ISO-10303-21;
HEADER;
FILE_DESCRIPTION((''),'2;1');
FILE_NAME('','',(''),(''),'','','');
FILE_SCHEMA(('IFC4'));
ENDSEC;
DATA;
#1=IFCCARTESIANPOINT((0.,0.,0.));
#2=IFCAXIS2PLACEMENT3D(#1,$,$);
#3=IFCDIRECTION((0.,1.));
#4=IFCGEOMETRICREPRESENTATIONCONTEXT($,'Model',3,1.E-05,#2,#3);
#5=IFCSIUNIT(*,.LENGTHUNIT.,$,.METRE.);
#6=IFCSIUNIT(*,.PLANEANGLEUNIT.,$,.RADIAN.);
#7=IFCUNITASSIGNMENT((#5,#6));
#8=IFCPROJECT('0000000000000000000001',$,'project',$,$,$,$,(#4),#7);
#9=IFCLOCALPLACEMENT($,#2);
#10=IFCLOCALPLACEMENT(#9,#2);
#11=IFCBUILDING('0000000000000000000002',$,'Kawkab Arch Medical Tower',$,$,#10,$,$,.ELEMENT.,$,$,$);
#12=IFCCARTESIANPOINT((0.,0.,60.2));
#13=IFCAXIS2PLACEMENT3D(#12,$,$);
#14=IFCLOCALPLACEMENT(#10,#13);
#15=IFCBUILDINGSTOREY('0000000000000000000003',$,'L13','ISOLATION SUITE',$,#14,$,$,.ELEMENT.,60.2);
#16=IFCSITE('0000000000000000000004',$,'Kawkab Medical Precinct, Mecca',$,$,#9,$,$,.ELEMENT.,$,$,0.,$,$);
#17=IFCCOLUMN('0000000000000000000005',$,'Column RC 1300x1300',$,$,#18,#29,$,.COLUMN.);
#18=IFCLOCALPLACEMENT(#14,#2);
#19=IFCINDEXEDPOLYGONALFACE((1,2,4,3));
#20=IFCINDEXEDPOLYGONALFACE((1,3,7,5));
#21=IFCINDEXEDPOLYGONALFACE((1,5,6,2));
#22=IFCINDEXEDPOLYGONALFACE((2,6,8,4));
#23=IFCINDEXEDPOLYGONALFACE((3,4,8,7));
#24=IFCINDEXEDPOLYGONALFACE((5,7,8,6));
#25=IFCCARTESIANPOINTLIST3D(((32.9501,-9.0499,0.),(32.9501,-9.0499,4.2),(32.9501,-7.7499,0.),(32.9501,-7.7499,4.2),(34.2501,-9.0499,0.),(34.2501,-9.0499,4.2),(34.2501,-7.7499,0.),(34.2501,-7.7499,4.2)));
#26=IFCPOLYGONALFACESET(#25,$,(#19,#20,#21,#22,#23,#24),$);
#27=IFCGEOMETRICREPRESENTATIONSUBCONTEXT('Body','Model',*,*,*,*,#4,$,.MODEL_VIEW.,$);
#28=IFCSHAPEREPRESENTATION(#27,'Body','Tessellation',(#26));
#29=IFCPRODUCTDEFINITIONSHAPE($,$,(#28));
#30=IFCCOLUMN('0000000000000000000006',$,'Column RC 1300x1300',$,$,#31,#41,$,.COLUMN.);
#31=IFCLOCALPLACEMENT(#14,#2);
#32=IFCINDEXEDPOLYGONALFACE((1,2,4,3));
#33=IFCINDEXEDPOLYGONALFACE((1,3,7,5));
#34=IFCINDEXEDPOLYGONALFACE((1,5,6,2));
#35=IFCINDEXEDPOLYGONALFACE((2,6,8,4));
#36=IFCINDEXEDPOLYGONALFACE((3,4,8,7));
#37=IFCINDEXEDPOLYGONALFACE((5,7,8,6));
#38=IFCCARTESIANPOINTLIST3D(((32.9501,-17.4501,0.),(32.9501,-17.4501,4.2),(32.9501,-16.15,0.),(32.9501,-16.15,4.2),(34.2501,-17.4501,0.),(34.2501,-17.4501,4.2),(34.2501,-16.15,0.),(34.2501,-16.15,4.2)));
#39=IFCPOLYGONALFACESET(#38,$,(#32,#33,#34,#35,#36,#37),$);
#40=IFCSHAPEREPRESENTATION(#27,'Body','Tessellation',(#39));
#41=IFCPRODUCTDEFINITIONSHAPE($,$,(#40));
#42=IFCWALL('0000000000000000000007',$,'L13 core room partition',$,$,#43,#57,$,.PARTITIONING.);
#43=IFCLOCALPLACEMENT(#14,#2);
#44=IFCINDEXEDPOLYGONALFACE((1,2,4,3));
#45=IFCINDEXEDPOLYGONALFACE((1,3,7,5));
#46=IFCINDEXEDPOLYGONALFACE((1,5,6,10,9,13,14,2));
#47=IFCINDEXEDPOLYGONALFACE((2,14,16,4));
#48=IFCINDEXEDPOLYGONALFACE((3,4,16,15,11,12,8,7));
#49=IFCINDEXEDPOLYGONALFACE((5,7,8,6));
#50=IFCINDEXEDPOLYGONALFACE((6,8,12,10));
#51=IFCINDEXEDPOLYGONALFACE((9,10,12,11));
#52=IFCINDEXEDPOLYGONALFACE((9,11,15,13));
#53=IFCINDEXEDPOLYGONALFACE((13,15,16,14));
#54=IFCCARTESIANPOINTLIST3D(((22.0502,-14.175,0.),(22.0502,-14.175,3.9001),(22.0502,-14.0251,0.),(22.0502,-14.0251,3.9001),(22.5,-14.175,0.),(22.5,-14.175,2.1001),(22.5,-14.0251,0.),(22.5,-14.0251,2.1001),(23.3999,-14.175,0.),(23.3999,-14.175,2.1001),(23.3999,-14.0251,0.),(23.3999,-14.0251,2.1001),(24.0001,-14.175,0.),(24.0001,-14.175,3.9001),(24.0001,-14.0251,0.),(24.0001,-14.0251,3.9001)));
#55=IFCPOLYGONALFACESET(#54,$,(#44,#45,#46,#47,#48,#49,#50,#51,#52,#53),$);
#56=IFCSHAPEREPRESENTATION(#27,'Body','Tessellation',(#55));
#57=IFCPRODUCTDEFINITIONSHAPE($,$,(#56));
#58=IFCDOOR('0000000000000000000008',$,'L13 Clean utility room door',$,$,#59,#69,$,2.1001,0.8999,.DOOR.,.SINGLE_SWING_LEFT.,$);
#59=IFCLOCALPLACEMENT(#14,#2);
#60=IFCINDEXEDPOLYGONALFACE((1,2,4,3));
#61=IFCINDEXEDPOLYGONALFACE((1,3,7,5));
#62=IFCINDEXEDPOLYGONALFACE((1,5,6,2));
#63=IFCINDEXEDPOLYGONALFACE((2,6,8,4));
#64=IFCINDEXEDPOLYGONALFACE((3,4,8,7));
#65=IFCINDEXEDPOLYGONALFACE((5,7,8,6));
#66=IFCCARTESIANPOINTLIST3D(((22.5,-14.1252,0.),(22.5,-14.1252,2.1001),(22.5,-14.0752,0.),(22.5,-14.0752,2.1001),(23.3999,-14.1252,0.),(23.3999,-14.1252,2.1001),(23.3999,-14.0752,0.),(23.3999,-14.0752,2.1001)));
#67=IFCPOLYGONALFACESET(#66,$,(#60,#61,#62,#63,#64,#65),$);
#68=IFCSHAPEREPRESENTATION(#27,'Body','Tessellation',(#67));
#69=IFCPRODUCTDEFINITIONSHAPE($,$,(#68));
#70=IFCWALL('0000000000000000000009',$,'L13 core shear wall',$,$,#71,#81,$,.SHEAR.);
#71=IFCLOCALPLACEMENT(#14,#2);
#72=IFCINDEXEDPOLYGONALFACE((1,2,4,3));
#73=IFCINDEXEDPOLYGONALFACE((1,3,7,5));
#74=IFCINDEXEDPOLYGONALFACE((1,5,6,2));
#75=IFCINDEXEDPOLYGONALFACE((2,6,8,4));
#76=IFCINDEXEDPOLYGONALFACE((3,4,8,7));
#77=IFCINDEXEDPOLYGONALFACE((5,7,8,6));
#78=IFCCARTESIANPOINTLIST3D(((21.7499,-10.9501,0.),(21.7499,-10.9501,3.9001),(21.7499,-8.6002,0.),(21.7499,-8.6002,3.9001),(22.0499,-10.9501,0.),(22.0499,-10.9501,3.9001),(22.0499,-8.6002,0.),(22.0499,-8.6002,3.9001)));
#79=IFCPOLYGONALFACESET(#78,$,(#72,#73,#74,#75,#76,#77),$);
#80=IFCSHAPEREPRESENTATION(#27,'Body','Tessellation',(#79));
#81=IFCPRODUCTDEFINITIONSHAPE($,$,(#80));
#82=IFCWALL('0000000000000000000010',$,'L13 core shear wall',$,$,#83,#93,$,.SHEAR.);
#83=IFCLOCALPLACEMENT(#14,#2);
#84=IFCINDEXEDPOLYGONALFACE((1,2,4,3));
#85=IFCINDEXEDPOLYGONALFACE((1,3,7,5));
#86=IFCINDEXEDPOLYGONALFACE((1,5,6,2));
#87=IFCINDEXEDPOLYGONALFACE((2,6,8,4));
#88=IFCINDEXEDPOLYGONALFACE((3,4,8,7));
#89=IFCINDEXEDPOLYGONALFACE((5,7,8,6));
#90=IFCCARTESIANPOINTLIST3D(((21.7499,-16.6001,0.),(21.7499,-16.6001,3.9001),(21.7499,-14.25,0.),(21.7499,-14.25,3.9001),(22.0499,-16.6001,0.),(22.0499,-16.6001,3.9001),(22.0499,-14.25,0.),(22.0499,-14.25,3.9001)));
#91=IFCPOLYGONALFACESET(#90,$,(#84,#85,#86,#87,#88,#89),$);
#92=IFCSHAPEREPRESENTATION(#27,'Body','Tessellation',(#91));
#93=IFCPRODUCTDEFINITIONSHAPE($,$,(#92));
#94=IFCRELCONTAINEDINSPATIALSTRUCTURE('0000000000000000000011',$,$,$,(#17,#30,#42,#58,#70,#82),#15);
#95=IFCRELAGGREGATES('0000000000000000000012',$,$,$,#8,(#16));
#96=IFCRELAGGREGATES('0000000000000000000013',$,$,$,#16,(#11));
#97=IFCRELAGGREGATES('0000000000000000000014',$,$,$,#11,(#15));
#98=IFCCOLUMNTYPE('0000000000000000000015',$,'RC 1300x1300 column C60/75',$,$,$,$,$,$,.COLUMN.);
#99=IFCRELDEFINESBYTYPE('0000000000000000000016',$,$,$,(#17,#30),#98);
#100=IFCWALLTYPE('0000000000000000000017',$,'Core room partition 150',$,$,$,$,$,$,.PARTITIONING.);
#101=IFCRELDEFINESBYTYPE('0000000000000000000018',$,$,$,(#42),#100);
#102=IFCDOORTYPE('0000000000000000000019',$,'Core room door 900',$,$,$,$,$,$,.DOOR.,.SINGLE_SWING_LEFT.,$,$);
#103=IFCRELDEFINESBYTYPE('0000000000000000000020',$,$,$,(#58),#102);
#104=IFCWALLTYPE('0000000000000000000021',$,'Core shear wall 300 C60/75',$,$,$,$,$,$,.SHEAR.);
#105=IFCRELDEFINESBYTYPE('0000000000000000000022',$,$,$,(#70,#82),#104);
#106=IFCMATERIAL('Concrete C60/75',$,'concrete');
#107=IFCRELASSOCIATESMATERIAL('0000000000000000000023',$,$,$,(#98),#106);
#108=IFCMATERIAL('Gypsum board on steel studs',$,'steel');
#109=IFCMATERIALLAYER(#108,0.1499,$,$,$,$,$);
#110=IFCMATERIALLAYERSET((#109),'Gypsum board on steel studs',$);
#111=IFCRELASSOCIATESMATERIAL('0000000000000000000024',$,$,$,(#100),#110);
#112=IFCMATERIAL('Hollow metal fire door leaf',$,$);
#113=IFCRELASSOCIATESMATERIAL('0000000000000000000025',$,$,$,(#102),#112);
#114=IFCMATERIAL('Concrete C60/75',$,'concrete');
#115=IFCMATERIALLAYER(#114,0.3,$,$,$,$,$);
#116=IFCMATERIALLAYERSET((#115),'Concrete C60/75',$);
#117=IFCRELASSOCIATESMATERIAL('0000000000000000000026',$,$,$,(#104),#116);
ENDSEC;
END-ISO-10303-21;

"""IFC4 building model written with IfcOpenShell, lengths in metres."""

from ifc_helpers import new_model, si_unit, direction, frame, frame_2d, origin, origin_2d, place, context, subcontext, project, spatial, rectangle, extrude, material, layer, layer_set, material_profile, profile_set, type_object, element, fill, save


model = new_model("IFC4")

# Units and contexts
model_context = context("Model", 3, precision=1e-05, world=origin(), true_north=direction((0.0, 1.0)))
body_context = subcontext(model_context, "Body", "Model", "MODEL_VIEW")
ifc_project = project(units=[si_unit("LENGTHUNIT", "METRE"), si_unit("PLANEANGLEUNIT", "RADIAN")], contexts=[model_context])

# Site, building, storey
site_placement = place(None, origin())
site = spatial("IfcSite", under=ifc_project, at=site_placement, Name="Kawkab Medical Precinct, Mecca", CompositionType="ELEMENT", RefElevation=0.0)
building_placement = place(site_placement, origin())
building = spatial("IfcBuilding", under=site, at=building_placement, Name="Kawkab Arch Medical Tower", CompositionType="ELEMENT")
storey_placement = place(building_placement, frame((0.0, 0.0, 60.2)))
storey = spatial("IfcBuildingStorey", under=building, at=storey_placement, Name="L13", Description="ISOLATION SUITE", CompositionType="ELEMENT", Elevation=60.2)

# Columns
ifc_material_1 = material(Name="Concrete C60/75", Category="concrete")
ifc_material_profile = material_profile(ifc_material_1, rectangle(XDim=1.3, YDim=1.3, at=origin_2d()), Name="RC 1300x1300")
ifc_profile_set = profile_set([ifc_material_profile], Name="Concrete C60/75")
column_type = type_object("IfcColumnType", Name="RC 1300x1300 column C60/75", PredefinedType="COLUMN", material=ifc_profile_set)
for number, where, z_axis, x_axis, name in (
    (1, (33.6001, -8.3999, 0.0), (0.0, 0.0, 1.0), (1.0, 0.0, 0.0), "Column RC 1300x1300"),
    (2, (33.6001, -16.8, 0.0), (0.0, 0.0, 1.0), (1.0, 0.0, 0.0), "Column RC 1300x1300"),
):
    element("IfcColumn", number, at=place(storey_placement, frame(where, z_axis=z_axis, x_axis=x_axis)), inside=storey, type_object=column_type, Name=name, PredefinedType="COLUMN", context=body_context, shape_type="SweptSolid", body=[
        extrude(rectangle(XDim=1.3, YDim=1.3, at=origin_2d()), origin(), (0.0, 0.0, 1.0), 4.2),
    ])

# Wall, opening, door
ifc_material_2 = material(Name="Gypsum board on steel studs", Category="steel")
ifc_layer_1 = layer(ifc_material_2, 0.1499)
ifc_layer_set_1 = layer_set([ifc_layer_1], Name="Gypsum board on steel studs")
wall_type_1 = type_object("IfcWallType", Name="Core room partition 150", PredefinedType="PARTITIONING", material=ifc_layer_set_1)
wall_1_placement = place(storey_placement, frame((22.05, -14.1001, 0.0), z_axis=(0.0, 0.0, 1.0), x_axis=(1.0, 0.0, 0.0)))
wall_1 = element("IfcWall", 3, at=wall_1_placement, inside=storey, type_object=wall_type_1, Name="L13 core room partition", PredefinedType="PARTITIONING", context=body_context, shape_type="SweptSolid", body=[
    extrude(rectangle(XDim=1.95, YDim=0.1499, at=frame_2d((0.9751, 0.0))), origin(), (0.0, 0.0, 1.0), 3.9001),
])
opening_1_placement = place(wall_1_placement, frame((0.45, 0.0, 0.0)))
opening_1 = element("IfcOpeningElement", 4, at=opening_1_placement, cuts=wall_1, PredefinedType="OPENING", context=body_context, shape_type="SweptSolid", body=[
    extrude(rectangle(XDim=0.8999, YDim=2.1001, at=frame_2d((0.45, 1.05))), frame((0.0, 0.085, 0.0), z_axis=(0.0, -1.0, 0.0), x_axis=(1.0, 0.0, 0.0)), (0.0, 0.0, 1.0), 0.1699),
])
ifc_material_3 = material(Name="Hollow metal fire door leaf")
door_type_1 = type_object("IfcDoorType", Name="Core room door 900", OperationType="SINGLE_SWING_LEFT", PredefinedType="DOOR", material=ifc_material_3)
door_1_placement = place(opening_1_placement, origin())
door_1 = element("IfcDoor", 5, at=door_1_placement, inside=storey, type_object=door_type_1, Name="L13 Clean utility room door", OperationType="SINGLE_SWING_LEFT", OverallHeight=2.1001, OverallWidth=0.8999, PredefinedType="DOOR", context=body_context, shape_type="SweptSolid", body=[
    extrude(rectangle(XDim=0.8999, YDim=2.1001, at=frame_2d((0.45, 1.05))), frame((0.0, 0.0249, 0.0), z_axis=(0.0, -1.0, 0.0), x_axis=(1.0, 0.0, 0.0)), (0.0, 0.0, 1.0), 0.05),
])
fill(opening_1, door_1)

# Walls
ifc_material_4 = material(Name="Concrete C60/75", Category="concrete")
ifc_layer_2 = layer(ifc_material_4, 0.3)
ifc_layer_set_2 = layer_set([ifc_layer_2], Name="Concrete C60/75")
wall_type_2 = type_object("IfcWallType", Name="Core shear wall 300 C60/75", PredefinedType="SHEAR", material=ifc_layer_set_2)
wall_2_placement = place(storey_placement, frame((21.8999, -10.95, 0.0), z_axis=(0.0, 0.0, 1.0), x_axis=(0.0, 1.0, 0.0)))
element("IfcWall", 6, at=wall_2_placement, inside=storey, type_object=wall_type_2, Name="L13 core shear wall", PredefinedType="SHEAR", context=body_context, shape_type="SweptSolid", body=[
    extrude(rectangle(XDim=2.3499, YDim=0.3, at=frame_2d((1.1748, 0.0))), origin(), (0.0, 0.0, 1.0), 3.9001),
])
wall_3_placement = place(storey_placement, frame((21.8999, -16.6001, 0.0), z_axis=(0.0, 0.0, 1.0), x_axis=(0.0, 1.0, 0.0)))
element("IfcWall", 7, at=wall_3_placement, inside=storey, type_object=wall_type_2, Name="L13 core shear wall", PredefinedType="SHEAR", context=body_context, shape_type="SweptSolid", body=[
    extrude(rectangle(XDim=2.3501, YDim=0.3, at=frame_2d((1.175, 0.0))), origin(), (0.0, 0.0, 1.0), 3.9001),
])

save(model, "model.ifc")
